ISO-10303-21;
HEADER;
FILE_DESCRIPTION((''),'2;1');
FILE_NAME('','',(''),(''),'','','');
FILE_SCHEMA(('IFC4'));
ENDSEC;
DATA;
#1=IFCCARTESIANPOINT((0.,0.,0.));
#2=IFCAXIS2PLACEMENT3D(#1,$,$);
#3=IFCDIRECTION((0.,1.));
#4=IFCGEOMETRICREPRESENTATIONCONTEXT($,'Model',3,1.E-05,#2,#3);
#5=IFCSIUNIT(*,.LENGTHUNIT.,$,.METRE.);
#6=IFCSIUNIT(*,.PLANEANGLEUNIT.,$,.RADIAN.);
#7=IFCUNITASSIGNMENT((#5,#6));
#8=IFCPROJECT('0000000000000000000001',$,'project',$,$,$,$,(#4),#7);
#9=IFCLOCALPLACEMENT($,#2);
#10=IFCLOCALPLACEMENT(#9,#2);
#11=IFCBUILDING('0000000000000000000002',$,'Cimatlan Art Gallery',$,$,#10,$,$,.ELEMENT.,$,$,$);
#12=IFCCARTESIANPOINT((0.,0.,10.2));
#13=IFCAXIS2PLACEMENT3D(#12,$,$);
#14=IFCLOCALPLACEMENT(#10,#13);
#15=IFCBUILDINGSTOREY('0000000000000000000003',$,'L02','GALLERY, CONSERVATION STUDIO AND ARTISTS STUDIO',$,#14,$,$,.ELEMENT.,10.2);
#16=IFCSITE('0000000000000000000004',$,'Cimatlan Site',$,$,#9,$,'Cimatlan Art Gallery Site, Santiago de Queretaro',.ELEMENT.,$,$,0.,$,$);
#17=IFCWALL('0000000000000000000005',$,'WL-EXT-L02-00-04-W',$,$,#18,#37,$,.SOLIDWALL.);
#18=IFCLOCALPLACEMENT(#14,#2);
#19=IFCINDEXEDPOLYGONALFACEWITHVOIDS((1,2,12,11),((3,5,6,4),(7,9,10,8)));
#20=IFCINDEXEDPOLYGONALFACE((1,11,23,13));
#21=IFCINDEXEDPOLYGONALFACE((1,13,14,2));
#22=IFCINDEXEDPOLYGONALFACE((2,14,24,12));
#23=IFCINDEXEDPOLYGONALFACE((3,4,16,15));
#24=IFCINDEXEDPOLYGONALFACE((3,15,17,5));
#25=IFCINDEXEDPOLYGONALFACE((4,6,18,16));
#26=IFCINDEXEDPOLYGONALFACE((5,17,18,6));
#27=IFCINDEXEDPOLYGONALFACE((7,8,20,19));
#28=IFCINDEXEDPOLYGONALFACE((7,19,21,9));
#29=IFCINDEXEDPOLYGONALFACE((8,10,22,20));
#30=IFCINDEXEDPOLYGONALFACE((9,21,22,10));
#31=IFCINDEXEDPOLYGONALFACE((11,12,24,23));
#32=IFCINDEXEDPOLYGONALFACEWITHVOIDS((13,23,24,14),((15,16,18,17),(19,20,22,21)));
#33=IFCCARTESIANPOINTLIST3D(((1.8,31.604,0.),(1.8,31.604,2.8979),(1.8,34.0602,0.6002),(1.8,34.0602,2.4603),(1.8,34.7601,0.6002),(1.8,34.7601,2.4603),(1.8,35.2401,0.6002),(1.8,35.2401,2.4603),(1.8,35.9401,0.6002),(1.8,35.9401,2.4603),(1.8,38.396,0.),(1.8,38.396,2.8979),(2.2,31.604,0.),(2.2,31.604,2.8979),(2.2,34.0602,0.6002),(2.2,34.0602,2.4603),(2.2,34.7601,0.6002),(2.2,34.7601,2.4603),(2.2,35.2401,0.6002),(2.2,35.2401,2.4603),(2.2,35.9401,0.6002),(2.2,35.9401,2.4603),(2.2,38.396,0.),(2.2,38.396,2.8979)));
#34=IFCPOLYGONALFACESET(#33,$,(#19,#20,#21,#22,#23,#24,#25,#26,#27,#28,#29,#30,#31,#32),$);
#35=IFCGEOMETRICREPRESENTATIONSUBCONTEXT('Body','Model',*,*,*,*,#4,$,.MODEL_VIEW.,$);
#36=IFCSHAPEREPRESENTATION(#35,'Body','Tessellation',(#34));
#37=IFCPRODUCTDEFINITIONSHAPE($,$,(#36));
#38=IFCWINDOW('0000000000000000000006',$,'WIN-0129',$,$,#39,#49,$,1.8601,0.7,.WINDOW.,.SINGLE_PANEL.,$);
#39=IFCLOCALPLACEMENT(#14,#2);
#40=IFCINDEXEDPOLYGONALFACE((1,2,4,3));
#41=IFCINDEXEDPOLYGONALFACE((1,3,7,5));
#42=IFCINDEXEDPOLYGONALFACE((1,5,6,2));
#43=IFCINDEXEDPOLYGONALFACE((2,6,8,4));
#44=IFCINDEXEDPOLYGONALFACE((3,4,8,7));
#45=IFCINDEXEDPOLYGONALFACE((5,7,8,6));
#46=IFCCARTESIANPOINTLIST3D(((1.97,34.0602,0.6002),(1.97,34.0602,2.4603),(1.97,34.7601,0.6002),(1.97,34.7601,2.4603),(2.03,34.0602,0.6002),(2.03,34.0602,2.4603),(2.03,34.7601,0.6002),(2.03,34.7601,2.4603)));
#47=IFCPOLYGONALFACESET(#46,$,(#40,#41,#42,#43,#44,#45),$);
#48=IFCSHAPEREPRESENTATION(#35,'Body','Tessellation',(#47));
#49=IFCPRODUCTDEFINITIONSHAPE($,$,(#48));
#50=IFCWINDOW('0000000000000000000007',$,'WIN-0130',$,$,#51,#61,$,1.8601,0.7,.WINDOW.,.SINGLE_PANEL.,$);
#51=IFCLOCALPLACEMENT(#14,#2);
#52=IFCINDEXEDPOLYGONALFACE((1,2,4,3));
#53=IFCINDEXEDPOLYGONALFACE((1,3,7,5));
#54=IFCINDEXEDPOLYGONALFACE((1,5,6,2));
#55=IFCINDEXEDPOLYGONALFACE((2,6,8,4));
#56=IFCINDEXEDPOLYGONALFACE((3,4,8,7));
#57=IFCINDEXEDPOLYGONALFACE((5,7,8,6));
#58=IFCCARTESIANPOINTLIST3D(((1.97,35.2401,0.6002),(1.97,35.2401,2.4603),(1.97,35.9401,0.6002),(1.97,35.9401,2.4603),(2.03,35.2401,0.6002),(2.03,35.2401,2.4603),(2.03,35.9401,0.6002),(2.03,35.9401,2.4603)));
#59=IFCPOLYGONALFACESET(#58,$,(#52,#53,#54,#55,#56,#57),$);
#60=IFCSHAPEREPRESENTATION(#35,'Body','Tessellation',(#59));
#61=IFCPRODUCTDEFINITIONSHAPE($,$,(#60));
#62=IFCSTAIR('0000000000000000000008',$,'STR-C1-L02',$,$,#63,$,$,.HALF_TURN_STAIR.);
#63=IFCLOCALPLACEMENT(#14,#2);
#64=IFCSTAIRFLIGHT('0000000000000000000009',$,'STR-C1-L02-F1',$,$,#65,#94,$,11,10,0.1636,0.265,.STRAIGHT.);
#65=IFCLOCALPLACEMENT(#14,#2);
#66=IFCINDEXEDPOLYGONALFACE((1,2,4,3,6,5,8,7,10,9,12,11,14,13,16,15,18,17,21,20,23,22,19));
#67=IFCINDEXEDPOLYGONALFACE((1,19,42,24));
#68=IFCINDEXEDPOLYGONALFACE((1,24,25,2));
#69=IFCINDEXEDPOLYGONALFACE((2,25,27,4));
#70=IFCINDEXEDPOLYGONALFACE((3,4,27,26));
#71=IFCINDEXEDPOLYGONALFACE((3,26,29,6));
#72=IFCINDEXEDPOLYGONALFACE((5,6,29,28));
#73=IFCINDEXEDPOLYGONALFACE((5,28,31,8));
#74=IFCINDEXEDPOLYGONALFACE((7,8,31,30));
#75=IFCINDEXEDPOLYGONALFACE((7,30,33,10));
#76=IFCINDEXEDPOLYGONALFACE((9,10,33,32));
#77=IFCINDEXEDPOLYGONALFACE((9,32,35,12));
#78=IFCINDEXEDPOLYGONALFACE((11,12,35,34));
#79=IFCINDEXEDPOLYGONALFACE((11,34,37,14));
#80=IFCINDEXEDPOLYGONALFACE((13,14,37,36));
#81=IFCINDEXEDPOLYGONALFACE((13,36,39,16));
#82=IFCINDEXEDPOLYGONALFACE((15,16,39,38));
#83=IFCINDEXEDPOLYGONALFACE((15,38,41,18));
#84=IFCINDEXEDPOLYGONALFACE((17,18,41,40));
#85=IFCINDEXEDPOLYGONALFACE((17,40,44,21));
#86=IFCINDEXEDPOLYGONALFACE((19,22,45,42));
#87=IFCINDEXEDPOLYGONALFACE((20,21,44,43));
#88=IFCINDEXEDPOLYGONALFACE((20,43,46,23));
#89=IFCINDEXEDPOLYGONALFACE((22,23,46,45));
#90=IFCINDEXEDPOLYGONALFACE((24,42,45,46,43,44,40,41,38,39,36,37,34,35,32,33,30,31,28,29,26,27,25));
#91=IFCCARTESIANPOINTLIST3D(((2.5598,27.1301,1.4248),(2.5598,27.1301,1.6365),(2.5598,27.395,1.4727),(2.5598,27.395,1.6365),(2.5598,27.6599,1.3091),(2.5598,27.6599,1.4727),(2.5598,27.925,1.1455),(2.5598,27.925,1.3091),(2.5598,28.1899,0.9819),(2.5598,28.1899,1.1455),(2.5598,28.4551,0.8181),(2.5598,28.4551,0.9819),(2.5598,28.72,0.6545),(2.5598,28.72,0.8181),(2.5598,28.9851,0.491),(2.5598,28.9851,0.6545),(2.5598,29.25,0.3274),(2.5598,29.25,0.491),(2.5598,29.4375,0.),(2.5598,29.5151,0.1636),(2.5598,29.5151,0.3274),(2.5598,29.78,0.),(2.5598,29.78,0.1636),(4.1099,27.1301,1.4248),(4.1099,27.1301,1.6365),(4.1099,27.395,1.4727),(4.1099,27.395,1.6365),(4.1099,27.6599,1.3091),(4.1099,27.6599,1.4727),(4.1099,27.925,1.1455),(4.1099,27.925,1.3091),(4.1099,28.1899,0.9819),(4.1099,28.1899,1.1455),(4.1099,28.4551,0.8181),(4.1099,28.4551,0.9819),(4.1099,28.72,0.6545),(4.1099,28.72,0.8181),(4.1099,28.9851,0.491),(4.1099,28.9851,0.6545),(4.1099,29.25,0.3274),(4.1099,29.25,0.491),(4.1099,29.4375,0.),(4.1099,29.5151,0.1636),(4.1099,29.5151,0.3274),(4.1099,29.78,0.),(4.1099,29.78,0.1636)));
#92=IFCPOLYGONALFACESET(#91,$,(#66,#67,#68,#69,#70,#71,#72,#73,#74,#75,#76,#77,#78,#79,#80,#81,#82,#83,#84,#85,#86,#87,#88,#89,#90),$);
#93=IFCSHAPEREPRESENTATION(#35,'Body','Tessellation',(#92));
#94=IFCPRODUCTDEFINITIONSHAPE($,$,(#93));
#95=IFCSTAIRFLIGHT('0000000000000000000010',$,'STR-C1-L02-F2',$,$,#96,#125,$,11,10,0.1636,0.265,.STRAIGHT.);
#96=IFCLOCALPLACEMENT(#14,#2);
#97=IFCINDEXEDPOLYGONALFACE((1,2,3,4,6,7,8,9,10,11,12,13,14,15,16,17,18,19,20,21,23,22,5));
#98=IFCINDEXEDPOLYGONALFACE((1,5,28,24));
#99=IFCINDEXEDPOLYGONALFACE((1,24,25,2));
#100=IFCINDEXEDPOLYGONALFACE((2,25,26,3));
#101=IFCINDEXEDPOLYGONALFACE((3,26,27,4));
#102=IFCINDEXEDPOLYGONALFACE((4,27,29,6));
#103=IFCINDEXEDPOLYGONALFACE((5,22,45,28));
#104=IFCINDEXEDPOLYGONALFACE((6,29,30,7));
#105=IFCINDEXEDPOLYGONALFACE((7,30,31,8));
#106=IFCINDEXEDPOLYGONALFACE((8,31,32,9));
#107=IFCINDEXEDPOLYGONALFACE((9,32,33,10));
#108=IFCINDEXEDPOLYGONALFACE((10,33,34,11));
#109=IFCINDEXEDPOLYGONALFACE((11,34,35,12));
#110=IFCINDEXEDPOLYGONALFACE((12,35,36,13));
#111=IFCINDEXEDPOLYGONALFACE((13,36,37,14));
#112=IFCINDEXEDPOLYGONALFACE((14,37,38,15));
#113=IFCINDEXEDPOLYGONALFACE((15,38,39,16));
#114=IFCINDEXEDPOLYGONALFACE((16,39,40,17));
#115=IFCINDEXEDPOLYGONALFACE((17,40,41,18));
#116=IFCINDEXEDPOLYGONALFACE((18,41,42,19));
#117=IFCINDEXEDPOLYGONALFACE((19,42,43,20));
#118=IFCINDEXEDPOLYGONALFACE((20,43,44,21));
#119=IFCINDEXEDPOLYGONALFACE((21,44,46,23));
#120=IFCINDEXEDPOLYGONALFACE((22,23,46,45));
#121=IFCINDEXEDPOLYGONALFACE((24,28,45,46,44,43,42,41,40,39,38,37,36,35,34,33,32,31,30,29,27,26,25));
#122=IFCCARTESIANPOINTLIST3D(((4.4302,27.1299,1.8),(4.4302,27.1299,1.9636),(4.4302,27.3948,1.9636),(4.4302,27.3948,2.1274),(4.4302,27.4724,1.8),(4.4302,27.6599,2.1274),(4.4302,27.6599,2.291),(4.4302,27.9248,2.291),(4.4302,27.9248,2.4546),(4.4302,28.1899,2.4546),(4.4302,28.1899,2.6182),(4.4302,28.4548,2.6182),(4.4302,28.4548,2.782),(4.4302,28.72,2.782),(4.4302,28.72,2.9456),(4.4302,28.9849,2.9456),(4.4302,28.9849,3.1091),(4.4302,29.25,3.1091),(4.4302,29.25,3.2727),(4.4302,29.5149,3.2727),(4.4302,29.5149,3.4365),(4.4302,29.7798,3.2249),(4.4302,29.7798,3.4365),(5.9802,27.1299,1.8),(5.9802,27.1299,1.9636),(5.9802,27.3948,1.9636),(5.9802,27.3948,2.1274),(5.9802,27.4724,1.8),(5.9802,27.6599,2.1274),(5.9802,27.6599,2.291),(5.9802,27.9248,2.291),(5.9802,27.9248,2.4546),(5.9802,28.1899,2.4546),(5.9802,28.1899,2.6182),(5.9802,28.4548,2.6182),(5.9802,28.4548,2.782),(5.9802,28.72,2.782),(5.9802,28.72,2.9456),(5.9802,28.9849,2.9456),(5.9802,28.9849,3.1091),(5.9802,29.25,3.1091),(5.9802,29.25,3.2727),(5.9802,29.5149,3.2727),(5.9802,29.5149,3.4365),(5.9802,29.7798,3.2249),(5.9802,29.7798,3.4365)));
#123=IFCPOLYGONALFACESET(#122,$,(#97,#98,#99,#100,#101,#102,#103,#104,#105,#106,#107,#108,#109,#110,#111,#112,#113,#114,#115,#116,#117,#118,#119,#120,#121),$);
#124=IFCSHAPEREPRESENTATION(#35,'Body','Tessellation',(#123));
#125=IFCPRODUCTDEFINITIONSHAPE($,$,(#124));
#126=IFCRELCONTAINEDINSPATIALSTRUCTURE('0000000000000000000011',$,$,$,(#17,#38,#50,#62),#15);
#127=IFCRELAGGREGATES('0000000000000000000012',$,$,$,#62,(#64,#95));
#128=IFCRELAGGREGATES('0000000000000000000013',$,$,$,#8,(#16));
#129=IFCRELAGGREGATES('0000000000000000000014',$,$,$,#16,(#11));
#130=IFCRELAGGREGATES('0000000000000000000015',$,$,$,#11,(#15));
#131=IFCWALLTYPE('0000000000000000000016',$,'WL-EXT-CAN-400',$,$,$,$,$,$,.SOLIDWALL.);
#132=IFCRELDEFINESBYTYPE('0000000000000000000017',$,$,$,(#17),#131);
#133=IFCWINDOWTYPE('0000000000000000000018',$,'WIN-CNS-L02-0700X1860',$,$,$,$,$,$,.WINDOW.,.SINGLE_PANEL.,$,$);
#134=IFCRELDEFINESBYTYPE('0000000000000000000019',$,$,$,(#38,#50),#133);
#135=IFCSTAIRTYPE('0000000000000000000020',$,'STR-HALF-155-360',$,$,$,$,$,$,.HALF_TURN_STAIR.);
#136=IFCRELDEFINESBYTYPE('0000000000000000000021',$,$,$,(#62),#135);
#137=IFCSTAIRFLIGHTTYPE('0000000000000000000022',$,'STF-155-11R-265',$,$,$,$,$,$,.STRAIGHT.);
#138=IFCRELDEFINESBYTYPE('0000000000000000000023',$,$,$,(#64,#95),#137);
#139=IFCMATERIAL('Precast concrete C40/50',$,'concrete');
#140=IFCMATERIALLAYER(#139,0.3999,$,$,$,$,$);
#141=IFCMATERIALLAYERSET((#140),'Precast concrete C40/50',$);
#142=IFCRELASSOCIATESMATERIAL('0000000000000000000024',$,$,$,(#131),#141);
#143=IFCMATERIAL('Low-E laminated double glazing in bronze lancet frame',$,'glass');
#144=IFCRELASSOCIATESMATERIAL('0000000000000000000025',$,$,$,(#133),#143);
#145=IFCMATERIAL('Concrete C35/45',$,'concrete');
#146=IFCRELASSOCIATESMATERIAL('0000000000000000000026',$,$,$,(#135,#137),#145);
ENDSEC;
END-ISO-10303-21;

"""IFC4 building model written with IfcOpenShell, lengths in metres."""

from ifc_helpers import new_model, si_unit, direction, frame, frame_2d, origin, place, context, subcontext, project, spatial, polyline, rectangle, outline, extrude, material, layer, layer_set, type_object, element, fill, aggregate, save


model = new_model("IFC4")

# Units and contexts
model_context = context("Model", 3, precision=1e-05, world=origin(), true_north=direction((0.0, 1.0)))
body_context = subcontext(model_context, "Body", "Model", "MODEL_VIEW")
ifc_project = project(units=[si_unit("LENGTHUNIT", "METRE"), si_unit("PLANEANGLEUNIT", "RADIAN")], contexts=[model_context])

# Site, building, storey
site_placement = place(None, origin())
site = spatial("IfcSite", under=ifc_project, at=site_placement, Name="Cimatlan Site", LongName="Cimatlan Art Gallery Site, Santiago de Queretaro", CompositionType="ELEMENT", RefElevation=0.0)
building_placement = place(site_placement, origin())
building = spatial("IfcBuilding", under=site, at=building_placement, Name="Cimatlan Art Gallery", CompositionType="ELEMENT")
storey_placement = place(building_placement, frame((0.0, 0.0, 10.2)))
storey = spatial("IfcBuildingStorey", under=building, at=storey_placement, Name="L02", Description="GALLERY, CONSERVATION STUDIO AND ARTISTS STUDIO", CompositionType="ELEMENT", Elevation=10.2)

# Shared definitions
ifc_material_1 = material(Name="Precast concrete C40/50", Category="concrete")

# Wall, openings, windows
ifc_layer_1 = layer(ifc_material_1, 0.3999)
ifc_layer_set_1 = layer_set([ifc_layer_1], Name="Precast concrete C40/50")
wall_type_1 = type_object("IfcWallType", Name="WL-EXT-CAN-400", PredefinedType="SOLIDWALL", material=ifc_layer_set_1)
wall_1_placement = place(storey_placement, frame((2.0, 31.604, 0.0), z_axis=(0.0, 0.0, 1.0), x_axis=(0.0, 1.0, 0.0)))
wall_1 = element("IfcWall", 1, at=wall_1_placement, inside=storey, type_object=wall_type_1, Name="WL-EXT-L02-00-04-W", PredefinedType="SOLIDWALL", context=body_context, shape_type="SweptSolid", body=[
    extrude(rectangle(XDim=6.792, YDim=0.3999, at=frame_2d((3.396, 0.0))), origin(), (0.0, 0.0, 1.0), 2.8979),
])
opening_1_placement = place(wall_1_placement, frame((2.4561, 0.0, 0.6001)))
opening_1 = element("IfcOpeningElement", 2, at=opening_1_placement, cuts=wall_1, PredefinedType="OPENING", context=body_context, shape_type="SweptSolid", body=[
    extrude(rectangle(XDim=0.7, YDim=1.8601, at=frame_2d((0.3501, 0.9302))), frame((0.0, 0.21, 0.0), z_axis=(0.0, -1.0, 0.0), x_axis=(1.0, 0.0, 0.0)), (0.0, 0.0, 1.0), 0.4199),
])
opening_2_placement = place(wall_1_placement, frame((3.636, 0.0, 0.6001)))
opening_2 = element("IfcOpeningElement", 3, at=opening_2_placement, cuts=wall_1, PredefinedType="OPENING", context=body_context, shape_type="SweptSolid", body=[
    extrude(rectangle(XDim=0.7, YDim=1.8601, at=frame_2d((0.3501, 0.9302))), frame((0.0, 0.21, 0.0), z_axis=(0.0, -1.0, 0.0), x_axis=(1.0, 0.0, 0.0)), (0.0, 0.0, 1.0), 0.4199),
])
ifc_material_2 = material(Name="Low-E laminated double glazing in bronze lancet frame", Category="glass")
window_type = type_object("IfcWindowType", Name="WIN-CNS-L02-0700X1860", PartitioningType="SINGLE_PANEL", PredefinedType="WINDOW", material=ifc_material_2)
window_1_placement = place(opening_1_placement, origin())
window_1 = element("IfcWindow", 4, at=window_1_placement, inside=storey, type_object=window_type, Name="WIN-0129", OverallHeight=1.8601, OverallWidth=0.7, PartitioningType="SINGLE_PANEL", PredefinedType="WINDOW", context=body_context, shape_type="SweptSolid", body=[
    extrude(rectangle(XDim=0.7, YDim=1.8601, at=frame_2d((0.3501, 0.9302))), frame((0.0, 0.03, 0.0), z_axis=(0.0, -1.0, 0.0), x_axis=(1.0, 0.0, 0.0)), (0.0, 0.0, 1.0), 0.0601),
])
fill(opening_1, window_1)
window_2_placement = place(opening_2_placement, origin())
window_2 = element("IfcWindow", 5, at=window_2_placement, inside=storey, type_object=window_type, Name="WIN-0130", OverallHeight=1.8601, OverallWidth=0.7, PartitioningType="SINGLE_PANEL", PredefinedType="WINDOW", context=body_context, shape_type="SweptSolid", body=[
    extrude(rectangle(XDim=0.7, YDim=1.8601, at=frame_2d((0.3501, 0.9302))), frame((0.0, 0.03, 0.0), z_axis=(0.0, -1.0, 0.0), x_axis=(1.0, 0.0, 0.0)), (0.0, 0.0, 1.0), 0.0601),
])
fill(opening_2, window_2)

# Stair, stair flights
ifc_material_3 = material(Name="Concrete C35/45", Category="concrete")
stair_type = type_object("IfcStairType", Name="STR-HALF-155-360", PredefinedType="HALF_TURN_STAIR", material=ifc_material_3)
stair_placement = place(storey_placement, origin())
stair = element("IfcStair", 6, at=stair_placement, inside=storey, type_object=stair_type, Name="STR-C1-L02", PredefinedType="HALF_TURN_STAIR")
stair_flight_type = type_object("IfcStairFlightType", Name="STF-155-11R-265", PredefinedType="STRAIGHT", material=ifc_material_3)
stair_flight_1_placement = place(storey_placement, frame((3.335, 29.78, 0.0), z_axis=(0.0, 0.0, 1.0), x_axis=(0.0, -1.0, 0.0)))
stair_flight_1 = element("IfcStairFlight", 7, at=stair_flight_1_placement, type_object=stair_flight_type, Name="STR-C1-L02-F1", NumberOfRisers=11, NumberOfTreads=10, PredefinedType="STRAIGHT", RiserHeight=0.1636, TreadLength=0.265, context=body_context, shape_type="SweptSolid", body=[
    extrude(outline(polyline([(0.0, 0.0), (0.0, 0.1636), (0.2649, 0.1636), (0.2649, 0.3274), (0.53, 0.3274), (0.53, 0.491), (0.7949, 0.491), (0.7949, 0.6545), (1.0601, 0.6545), (1.0601, 0.8181), (1.325, 0.8181), (1.325, 0.9819), (1.5901, 0.9819), (1.5901, 1.1455), (1.855, 1.1455), (1.855, 1.3091), (2.1201, 1.3091), (2.1201, 1.4727), (2.385, 1.4727), (2.385, 1.6365), (2.6499, 1.6365), (2.6499, 1.8), (2.6499, 1.4248), (0.3425, 0.0), (0.0, 0.0)])), frame((0.0, 0.7749, 0.0), z_axis=(0.0, -1.0, 0.0), x_axis=(1.0, 0.0, 0.0)), (0.0, 0.0, 1.0), 1.55),
])
stair_flight_2_placement = place(storey_placement, frame((5.2051, 27.1299, 1.8), z_axis=(0.0, 0.0, 1.0), x_axis=(0.0, 1.0, 0.0)))
stair_flight_2 = element("IfcStairFlight", 8, at=stair_flight_2_placement, type_object=stair_flight_type, Name="STR-C1-L02-F2", NumberOfRisers=11, NumberOfTreads=10, PredefinedType="STRAIGHT", RiserHeight=0.1636, TreadLength=0.265, context=body_context, shape_type="SweptSolid", body=[
    extrude(outline(polyline([(0.0, 0.0), (0.0, 0.1636), (0.2649, 0.1636), (0.2649, 0.3274), (0.53, 0.3274), (0.53, 0.491), (0.7949, 0.491), (0.7949, 0.6545), (1.0601, 0.6545), (1.0601, 0.8181), (1.325, 0.8181), (1.325, 0.9819), (1.5901, 0.9819), (1.5901, 1.1455), (1.855, 1.1455), (1.855, 1.3091), (2.1201, 1.3091), (2.1201, 1.4727), (2.385, 1.4727), (2.385, 1.6365), (2.6499, 1.6365), (2.6499, 1.8), (2.6499, 1.4248), (0.3425, 0.0), (0.0, 0.0)])), frame((0.0, 0.7749, 0.0), z_axis=(0.0, -1.0, 0.0), x_axis=(1.0, 0.0, 0.0)), (0.0, 0.0, 1.0), 1.55),
])
aggregate(stair, [stair_flight_1, stair_flight_2])

save(model, "model.ifc")
